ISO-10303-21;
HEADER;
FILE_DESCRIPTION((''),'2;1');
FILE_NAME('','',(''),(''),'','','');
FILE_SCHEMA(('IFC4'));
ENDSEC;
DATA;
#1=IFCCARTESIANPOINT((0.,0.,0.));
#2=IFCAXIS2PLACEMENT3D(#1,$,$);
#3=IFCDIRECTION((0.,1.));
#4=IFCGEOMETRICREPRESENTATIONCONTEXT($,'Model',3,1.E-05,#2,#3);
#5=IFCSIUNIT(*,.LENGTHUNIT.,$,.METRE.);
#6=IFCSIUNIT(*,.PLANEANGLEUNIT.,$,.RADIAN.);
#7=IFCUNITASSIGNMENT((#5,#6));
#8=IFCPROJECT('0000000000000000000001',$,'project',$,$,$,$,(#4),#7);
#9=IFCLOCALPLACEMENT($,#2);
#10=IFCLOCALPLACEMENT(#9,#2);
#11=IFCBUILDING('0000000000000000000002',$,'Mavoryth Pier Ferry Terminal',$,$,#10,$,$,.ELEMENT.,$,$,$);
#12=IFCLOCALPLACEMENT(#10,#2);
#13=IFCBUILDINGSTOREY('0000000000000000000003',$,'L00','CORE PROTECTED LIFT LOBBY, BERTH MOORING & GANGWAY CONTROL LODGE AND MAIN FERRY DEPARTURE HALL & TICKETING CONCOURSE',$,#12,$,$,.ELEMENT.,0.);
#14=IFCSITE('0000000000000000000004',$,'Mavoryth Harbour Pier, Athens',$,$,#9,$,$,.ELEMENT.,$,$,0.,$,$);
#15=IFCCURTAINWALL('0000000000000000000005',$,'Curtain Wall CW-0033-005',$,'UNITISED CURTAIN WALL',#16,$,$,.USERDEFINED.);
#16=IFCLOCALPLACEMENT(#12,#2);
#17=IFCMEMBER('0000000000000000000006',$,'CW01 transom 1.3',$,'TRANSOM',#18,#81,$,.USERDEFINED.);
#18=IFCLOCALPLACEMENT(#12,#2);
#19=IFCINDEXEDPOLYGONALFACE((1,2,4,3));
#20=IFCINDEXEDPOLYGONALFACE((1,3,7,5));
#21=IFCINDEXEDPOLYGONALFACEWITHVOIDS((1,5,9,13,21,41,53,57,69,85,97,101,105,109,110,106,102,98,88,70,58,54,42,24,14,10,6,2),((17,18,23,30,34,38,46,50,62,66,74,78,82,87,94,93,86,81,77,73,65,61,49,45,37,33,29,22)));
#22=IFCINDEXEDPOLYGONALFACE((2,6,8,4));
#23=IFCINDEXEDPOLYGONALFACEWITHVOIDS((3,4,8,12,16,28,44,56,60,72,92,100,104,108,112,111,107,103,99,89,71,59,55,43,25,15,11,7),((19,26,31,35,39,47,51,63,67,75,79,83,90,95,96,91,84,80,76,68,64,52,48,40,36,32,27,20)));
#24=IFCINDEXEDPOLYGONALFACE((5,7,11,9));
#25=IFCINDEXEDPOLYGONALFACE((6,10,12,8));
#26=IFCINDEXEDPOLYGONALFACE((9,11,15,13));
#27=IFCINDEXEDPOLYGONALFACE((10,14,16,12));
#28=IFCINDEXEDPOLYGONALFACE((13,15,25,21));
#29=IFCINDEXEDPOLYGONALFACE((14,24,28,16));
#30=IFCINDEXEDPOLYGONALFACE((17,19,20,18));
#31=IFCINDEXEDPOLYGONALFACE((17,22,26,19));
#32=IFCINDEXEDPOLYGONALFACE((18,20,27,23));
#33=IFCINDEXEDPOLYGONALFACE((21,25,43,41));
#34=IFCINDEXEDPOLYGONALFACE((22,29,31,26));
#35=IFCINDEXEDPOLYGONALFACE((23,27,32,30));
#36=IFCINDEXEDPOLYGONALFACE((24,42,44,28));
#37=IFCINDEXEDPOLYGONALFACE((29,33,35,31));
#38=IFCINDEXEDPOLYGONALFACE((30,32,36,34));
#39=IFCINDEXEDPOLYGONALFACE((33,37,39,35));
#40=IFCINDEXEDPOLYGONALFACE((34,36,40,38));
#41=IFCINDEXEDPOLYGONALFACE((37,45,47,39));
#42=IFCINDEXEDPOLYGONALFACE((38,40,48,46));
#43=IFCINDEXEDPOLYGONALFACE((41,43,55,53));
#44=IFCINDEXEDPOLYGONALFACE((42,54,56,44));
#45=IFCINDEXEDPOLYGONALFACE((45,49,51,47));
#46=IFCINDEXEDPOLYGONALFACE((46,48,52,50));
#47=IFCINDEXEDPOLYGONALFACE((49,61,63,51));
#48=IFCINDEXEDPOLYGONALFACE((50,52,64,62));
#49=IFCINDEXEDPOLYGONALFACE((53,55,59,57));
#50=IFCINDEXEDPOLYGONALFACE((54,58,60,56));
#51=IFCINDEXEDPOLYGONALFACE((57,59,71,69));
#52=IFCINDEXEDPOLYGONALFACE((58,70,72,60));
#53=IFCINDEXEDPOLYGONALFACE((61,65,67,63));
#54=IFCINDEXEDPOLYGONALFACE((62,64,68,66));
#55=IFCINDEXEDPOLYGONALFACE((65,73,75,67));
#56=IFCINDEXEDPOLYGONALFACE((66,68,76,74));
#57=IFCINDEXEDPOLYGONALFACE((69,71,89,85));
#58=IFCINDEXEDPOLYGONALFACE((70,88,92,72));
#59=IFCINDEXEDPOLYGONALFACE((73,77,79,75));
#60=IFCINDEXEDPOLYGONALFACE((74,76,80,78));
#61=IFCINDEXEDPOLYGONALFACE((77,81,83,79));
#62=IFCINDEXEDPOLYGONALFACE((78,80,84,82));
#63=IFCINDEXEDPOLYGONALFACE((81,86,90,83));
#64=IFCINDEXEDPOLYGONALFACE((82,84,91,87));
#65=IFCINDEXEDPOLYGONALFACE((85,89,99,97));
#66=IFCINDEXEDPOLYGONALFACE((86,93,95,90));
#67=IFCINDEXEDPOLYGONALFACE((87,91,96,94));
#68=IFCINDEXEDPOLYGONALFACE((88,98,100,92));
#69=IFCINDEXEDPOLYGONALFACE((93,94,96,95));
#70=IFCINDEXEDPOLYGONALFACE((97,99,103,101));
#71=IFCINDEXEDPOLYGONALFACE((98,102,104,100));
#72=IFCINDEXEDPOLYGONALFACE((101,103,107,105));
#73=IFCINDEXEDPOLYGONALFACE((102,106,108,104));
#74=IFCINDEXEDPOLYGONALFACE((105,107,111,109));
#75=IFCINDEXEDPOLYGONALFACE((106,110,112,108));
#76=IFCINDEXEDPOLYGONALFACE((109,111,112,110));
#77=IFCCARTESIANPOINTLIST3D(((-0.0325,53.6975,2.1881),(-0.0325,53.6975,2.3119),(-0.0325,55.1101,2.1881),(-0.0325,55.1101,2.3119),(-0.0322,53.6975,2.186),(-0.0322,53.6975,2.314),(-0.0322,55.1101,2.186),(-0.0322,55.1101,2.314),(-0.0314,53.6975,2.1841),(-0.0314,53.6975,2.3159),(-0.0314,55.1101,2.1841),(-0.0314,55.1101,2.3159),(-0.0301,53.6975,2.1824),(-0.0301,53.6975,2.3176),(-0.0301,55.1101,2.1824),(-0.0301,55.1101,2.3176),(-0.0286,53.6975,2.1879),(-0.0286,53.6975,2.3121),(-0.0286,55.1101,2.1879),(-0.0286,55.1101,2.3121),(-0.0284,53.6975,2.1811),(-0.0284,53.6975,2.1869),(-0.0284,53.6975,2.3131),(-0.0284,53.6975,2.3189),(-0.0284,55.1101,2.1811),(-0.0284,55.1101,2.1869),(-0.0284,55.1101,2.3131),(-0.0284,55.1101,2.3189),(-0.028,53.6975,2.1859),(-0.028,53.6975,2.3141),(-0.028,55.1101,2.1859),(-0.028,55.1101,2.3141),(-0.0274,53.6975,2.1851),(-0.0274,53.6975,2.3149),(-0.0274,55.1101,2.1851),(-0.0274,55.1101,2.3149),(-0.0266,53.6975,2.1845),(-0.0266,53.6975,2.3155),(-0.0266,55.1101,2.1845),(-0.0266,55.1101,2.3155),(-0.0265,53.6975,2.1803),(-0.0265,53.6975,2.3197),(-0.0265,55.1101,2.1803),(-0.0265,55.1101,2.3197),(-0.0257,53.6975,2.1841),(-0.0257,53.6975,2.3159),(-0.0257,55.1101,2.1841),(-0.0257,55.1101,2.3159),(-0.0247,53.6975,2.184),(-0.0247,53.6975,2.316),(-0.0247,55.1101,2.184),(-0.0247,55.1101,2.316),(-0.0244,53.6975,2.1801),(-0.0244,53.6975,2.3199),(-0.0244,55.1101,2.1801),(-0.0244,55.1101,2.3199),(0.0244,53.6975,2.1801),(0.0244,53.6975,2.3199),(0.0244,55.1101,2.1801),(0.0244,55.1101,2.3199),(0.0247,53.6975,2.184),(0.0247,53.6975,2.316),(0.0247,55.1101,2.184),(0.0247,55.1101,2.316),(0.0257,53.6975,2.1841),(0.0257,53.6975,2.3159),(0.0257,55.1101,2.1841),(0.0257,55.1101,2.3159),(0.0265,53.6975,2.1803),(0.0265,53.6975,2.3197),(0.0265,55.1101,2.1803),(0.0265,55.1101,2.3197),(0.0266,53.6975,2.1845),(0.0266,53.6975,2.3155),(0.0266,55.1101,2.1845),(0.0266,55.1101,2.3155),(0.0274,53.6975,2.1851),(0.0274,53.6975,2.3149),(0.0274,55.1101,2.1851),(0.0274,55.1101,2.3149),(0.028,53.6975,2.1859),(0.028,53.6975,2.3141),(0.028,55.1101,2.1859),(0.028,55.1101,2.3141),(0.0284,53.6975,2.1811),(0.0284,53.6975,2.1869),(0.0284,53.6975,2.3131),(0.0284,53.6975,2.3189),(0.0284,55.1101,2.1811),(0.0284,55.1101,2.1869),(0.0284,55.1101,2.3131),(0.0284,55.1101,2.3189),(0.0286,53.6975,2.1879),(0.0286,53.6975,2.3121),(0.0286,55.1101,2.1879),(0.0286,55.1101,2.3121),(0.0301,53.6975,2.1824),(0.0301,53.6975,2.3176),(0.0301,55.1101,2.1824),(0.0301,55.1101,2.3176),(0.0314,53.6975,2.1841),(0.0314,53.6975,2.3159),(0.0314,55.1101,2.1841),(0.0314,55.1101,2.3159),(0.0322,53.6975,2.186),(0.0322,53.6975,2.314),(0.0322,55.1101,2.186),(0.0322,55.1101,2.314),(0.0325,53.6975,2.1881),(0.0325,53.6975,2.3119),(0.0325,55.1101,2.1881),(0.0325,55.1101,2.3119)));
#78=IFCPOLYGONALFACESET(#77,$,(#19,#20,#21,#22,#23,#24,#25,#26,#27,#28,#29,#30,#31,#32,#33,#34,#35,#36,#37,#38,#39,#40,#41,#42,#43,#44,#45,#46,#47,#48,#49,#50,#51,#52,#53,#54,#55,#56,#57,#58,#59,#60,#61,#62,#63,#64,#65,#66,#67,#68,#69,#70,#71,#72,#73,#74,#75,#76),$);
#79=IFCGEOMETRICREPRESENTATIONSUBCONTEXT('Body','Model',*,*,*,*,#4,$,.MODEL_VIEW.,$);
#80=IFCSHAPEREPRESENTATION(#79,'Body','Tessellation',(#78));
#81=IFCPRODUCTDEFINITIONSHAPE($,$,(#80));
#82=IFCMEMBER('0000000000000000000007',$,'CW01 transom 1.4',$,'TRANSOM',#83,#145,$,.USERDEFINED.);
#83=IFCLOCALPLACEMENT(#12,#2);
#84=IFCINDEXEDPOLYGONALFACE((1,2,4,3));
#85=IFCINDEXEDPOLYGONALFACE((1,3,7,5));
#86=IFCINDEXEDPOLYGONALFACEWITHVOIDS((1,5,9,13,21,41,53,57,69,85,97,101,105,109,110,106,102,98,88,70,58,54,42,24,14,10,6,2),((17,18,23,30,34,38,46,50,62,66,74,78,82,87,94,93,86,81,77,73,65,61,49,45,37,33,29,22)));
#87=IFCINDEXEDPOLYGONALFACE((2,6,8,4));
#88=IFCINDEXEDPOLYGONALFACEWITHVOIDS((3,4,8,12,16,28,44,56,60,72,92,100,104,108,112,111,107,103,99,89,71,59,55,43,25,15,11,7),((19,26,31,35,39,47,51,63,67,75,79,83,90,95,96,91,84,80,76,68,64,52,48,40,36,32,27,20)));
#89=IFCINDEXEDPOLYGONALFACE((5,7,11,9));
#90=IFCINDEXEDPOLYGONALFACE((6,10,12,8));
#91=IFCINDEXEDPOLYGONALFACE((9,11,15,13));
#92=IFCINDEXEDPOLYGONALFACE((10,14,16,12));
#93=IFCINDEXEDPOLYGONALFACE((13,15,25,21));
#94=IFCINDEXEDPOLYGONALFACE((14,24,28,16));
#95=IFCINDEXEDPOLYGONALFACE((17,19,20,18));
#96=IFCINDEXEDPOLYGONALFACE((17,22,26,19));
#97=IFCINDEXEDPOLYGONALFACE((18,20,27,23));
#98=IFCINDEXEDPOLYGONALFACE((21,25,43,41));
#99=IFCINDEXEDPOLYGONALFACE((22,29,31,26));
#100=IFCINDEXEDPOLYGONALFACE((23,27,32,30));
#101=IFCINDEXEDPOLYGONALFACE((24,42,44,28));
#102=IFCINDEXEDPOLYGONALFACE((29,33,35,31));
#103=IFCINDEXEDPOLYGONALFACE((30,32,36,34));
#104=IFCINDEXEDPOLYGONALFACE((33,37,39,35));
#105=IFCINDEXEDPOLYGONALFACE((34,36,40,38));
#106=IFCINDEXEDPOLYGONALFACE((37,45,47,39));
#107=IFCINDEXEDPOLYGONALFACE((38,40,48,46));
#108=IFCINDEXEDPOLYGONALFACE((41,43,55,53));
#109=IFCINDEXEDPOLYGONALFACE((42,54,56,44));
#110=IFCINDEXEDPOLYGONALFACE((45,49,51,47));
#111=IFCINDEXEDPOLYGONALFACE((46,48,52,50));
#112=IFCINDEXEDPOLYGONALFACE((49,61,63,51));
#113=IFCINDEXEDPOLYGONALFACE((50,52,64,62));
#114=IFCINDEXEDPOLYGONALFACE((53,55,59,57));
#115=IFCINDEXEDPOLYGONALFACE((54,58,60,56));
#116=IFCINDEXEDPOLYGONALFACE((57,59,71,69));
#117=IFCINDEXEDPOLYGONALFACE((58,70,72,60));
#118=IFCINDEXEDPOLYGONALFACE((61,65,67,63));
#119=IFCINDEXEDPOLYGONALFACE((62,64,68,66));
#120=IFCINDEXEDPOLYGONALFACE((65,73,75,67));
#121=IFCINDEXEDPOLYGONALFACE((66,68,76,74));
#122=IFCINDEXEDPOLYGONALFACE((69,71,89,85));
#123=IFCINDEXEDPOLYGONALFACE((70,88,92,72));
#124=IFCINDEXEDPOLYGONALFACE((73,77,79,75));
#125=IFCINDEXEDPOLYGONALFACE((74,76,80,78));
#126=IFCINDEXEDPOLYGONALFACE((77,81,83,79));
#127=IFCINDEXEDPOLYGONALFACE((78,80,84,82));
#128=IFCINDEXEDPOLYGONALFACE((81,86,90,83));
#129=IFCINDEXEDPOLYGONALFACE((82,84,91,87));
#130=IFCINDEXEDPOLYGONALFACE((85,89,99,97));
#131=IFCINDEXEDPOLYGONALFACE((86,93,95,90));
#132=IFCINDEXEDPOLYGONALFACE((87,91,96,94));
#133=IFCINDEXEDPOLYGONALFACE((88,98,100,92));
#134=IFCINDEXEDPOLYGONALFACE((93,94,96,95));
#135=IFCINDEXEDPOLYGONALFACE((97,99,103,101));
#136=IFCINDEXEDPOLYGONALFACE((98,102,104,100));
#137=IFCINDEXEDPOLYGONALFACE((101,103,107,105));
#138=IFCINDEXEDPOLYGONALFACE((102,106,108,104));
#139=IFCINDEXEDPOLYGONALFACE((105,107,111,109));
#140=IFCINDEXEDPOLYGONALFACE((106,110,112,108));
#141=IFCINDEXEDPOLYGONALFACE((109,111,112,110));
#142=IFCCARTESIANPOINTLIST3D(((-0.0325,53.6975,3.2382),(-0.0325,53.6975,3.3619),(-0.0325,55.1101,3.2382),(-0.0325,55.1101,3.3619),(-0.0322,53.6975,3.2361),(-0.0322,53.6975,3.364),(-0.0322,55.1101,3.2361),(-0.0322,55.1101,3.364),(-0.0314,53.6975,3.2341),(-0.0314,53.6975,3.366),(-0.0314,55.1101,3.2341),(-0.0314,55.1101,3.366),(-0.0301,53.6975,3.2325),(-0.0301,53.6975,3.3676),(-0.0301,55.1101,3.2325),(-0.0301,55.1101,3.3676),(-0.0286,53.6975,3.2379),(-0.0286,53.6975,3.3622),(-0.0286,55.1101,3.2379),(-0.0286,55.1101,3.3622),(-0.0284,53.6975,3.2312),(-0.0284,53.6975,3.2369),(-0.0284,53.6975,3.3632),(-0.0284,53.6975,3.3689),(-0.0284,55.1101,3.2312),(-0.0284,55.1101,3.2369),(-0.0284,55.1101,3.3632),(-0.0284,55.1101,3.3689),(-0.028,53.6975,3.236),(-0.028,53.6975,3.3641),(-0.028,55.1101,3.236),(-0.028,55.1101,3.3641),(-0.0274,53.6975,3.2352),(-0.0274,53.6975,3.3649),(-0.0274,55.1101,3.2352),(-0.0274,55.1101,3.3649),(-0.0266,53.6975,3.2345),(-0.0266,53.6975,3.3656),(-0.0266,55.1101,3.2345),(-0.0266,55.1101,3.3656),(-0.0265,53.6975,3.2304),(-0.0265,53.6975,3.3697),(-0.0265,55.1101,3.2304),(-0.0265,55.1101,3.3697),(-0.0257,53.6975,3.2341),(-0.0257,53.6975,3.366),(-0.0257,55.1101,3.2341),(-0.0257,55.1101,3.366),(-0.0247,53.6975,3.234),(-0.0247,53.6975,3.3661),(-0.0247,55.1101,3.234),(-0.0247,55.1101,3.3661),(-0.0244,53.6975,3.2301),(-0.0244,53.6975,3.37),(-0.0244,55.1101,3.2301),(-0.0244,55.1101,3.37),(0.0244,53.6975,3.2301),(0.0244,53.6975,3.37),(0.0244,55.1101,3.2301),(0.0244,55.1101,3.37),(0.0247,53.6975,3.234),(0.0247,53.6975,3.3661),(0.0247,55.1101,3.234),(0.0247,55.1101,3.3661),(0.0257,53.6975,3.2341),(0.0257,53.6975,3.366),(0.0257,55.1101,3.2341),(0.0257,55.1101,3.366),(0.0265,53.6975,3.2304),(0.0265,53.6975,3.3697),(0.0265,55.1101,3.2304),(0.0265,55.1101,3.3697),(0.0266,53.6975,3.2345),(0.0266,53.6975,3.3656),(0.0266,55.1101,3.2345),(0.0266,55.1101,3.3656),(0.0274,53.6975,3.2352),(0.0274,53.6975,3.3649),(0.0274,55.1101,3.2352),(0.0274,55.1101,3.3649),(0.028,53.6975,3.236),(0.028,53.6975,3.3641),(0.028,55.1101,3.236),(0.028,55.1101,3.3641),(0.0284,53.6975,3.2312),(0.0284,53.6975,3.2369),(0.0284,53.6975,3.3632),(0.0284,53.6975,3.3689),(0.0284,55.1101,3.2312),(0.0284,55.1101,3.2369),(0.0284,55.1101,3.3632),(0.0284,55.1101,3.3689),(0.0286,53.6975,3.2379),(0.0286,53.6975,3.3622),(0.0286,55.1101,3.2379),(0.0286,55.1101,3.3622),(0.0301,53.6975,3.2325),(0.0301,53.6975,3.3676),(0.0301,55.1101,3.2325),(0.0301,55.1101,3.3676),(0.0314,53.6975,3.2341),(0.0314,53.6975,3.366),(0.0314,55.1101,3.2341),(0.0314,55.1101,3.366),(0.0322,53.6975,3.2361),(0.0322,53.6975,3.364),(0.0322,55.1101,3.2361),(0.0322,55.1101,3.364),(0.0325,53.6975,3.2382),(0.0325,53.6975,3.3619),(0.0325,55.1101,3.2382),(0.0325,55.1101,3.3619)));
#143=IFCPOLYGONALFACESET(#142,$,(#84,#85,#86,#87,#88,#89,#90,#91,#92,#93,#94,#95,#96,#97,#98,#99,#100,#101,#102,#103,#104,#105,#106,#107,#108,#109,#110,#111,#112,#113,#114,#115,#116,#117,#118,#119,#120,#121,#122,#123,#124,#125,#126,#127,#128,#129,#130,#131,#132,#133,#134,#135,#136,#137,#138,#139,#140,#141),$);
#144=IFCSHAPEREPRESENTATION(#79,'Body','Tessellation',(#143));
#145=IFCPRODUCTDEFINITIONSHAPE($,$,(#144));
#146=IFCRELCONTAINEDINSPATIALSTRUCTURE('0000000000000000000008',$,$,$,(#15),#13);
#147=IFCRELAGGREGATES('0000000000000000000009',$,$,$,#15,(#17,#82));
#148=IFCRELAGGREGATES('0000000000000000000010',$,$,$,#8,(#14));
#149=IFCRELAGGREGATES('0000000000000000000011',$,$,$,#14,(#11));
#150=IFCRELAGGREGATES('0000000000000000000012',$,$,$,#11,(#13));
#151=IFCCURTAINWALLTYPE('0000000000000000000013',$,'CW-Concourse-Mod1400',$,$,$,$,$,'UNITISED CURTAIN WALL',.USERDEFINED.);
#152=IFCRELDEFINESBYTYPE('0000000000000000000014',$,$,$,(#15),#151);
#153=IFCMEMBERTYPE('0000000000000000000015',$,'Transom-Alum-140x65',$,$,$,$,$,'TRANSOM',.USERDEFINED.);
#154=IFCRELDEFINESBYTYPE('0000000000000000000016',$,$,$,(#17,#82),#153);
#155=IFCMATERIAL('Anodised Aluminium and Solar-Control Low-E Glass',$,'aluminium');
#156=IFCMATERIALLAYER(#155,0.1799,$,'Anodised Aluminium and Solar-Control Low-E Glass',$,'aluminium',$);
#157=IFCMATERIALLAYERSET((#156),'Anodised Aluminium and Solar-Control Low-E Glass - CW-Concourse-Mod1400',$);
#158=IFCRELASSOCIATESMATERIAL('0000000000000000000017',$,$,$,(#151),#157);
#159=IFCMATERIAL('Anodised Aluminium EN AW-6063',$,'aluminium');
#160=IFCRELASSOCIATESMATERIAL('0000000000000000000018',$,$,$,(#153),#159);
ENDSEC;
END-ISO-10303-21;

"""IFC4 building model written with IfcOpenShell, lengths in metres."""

from ifc_helpers import new_model, si_unit, direction, frame, origin, origin_2d, place, context, subcontext, project, spatial, hollow_rectangle, extrude, material, layer, layer_set, material_profile, profile_set, type_object, element, aggregate, save


model = new_model("IFC4")

# Units and contexts
model_context = context("Model", 3, precision=1e-05, world=origin(), true_north=direction((0.0, 1.0)))
body_context = subcontext(model_context, "Body", "Model", "MODEL_VIEW")
ifc_project = project(units=[si_unit("LENGTHUNIT", "METRE"), si_unit("PLANEANGLEUNIT", "RADIAN")], contexts=[model_context])

# Site, building, storey
site_placement = place(None, origin())
site = spatial("IfcSite", under=ifc_project, at=site_placement, Name="Mavoryth Harbour Pier, Athens", CompositionType="ELEMENT", RefElevation=0.0)
building_placement = place(site_placement, origin())
building = spatial("IfcBuilding", under=site, at=building_placement, Name="Mavoryth Pier Ferry Terminal", CompositionType="ELEMENT")
storey_placement = place(building_placement, origin())
storey = spatial("IfcBuildingStorey", under=building, at=storey_placement, Name="L00", Description="CORE PROTECTED LIFT LOBBY, BERTH MOORING & GANGWAY CONTROL LODGE AND MAIN FERRY DEPARTURE HALL & TICKETING CONCOURSE", CompositionType="ELEMENT", Elevation=0.0)

# Curtain wall, members
ifc_material_1 = material(Name="Anodised Aluminium and Solar-Control Low-E Glass", Category="aluminium")
ifc_layer_1 = layer(ifc_material_1, 0.1799, Name="Anodised Aluminium and Solar-Control Low-E Glass", Category="aluminium")
ifc_layer_set_1 = layer_set([ifc_layer_1], Name="Anodised Aluminium and Solar-Control Low-E Glass - CW-Concourse-Mod1400")
curtain_wall_type = type_object("IfcCurtainWallType", Name="CW-Concourse-Mod1400", ElementType="UNITISED CURTAIN WALL", PredefinedType="USERDEFINED", material=ifc_layer_set_1)
curtain_wall_placement = place(storey_placement, origin())
curtain_wall = element("IfcCurtainWall", 1, at=curtain_wall_placement, inside=storey, type_object=curtain_wall_type, Name="Curtain Wall CW-0033-005", ObjectType="UNITISED CURTAIN WALL", PredefinedType="USERDEFINED")
ifc_material_2 = material(Name="Anodised Aluminium EN AW-6063", Category="aluminium")
ifc_material_profile_1 = material_profile(ifc_material_2, hollow_rectangle(XDim=0.0649, YDim=0.1399, WallThickness=0.0039, InnerFilletRadius=0.0039, OuterFilletRadius=0.0081, at=origin_2d()), Name="AL-TRAN 140x65x4", Category="aluminium")
ifc_profile_set_1 = profile_set([ifc_material_profile_1], Name="Anodised Aluminium EN AW-6063 - AL-TRAN 140x65x4")
member_type_1 = type_object("IfcMemberType", Name="Transom-Alum-140x65", ElementType="TRANSOM", PredefinedType="USERDEFINED", material=ifc_profile_set_1)
member_1_placement = place(storey_placement, frame((0.0, 55.1101, 2.25), z_axis=(0.0, -1.0, 0.0), x_axis=(1.0, 0.0, 0.0)))
member_1 = element("IfcMember", 2, at=member_1_placement, type_object=member_type_1, Name="CW01 transom 1.3", ObjectType="TRANSOM", PredefinedType="USERDEFINED", context=body_context, shape_type="SweptSolid", body=[
    extrude(hollow_rectangle(XDim=0.0649, YDim=0.1399, WallThickness=0.0039, InnerFilletRadius=0.0039, OuterFilletRadius=0.0081, at=origin_2d()), origin(), (0.0, 0.0, 1.0), 1.4126),
])
member_2_placement = place(storey_placement, frame((0.0, 55.1101, 3.3), z_axis=(0.0, -1.0, 0.0), x_axis=(1.0, 0.0, 0.0)))
member_2 = element("IfcMember", 3, at=member_2_placement, type_object=member_type_1, Name="CW01 transom 1.4", ObjectType="TRANSOM", PredefinedType="USERDEFINED", context=body_context, shape_type="SweptSolid", body=[
    extrude(hollow_rectangle(XDim=0.0649, YDim=0.1399, WallThickness=0.0039, InnerFilletRadius=0.0039, OuterFilletRadius=0.0081, at=origin_2d()), origin(), (0.0, 0.0, 1.0), 1.4126),
])
aggregate(curtain_wall, [member_1, member_2])

save(model, "model.ifc")
